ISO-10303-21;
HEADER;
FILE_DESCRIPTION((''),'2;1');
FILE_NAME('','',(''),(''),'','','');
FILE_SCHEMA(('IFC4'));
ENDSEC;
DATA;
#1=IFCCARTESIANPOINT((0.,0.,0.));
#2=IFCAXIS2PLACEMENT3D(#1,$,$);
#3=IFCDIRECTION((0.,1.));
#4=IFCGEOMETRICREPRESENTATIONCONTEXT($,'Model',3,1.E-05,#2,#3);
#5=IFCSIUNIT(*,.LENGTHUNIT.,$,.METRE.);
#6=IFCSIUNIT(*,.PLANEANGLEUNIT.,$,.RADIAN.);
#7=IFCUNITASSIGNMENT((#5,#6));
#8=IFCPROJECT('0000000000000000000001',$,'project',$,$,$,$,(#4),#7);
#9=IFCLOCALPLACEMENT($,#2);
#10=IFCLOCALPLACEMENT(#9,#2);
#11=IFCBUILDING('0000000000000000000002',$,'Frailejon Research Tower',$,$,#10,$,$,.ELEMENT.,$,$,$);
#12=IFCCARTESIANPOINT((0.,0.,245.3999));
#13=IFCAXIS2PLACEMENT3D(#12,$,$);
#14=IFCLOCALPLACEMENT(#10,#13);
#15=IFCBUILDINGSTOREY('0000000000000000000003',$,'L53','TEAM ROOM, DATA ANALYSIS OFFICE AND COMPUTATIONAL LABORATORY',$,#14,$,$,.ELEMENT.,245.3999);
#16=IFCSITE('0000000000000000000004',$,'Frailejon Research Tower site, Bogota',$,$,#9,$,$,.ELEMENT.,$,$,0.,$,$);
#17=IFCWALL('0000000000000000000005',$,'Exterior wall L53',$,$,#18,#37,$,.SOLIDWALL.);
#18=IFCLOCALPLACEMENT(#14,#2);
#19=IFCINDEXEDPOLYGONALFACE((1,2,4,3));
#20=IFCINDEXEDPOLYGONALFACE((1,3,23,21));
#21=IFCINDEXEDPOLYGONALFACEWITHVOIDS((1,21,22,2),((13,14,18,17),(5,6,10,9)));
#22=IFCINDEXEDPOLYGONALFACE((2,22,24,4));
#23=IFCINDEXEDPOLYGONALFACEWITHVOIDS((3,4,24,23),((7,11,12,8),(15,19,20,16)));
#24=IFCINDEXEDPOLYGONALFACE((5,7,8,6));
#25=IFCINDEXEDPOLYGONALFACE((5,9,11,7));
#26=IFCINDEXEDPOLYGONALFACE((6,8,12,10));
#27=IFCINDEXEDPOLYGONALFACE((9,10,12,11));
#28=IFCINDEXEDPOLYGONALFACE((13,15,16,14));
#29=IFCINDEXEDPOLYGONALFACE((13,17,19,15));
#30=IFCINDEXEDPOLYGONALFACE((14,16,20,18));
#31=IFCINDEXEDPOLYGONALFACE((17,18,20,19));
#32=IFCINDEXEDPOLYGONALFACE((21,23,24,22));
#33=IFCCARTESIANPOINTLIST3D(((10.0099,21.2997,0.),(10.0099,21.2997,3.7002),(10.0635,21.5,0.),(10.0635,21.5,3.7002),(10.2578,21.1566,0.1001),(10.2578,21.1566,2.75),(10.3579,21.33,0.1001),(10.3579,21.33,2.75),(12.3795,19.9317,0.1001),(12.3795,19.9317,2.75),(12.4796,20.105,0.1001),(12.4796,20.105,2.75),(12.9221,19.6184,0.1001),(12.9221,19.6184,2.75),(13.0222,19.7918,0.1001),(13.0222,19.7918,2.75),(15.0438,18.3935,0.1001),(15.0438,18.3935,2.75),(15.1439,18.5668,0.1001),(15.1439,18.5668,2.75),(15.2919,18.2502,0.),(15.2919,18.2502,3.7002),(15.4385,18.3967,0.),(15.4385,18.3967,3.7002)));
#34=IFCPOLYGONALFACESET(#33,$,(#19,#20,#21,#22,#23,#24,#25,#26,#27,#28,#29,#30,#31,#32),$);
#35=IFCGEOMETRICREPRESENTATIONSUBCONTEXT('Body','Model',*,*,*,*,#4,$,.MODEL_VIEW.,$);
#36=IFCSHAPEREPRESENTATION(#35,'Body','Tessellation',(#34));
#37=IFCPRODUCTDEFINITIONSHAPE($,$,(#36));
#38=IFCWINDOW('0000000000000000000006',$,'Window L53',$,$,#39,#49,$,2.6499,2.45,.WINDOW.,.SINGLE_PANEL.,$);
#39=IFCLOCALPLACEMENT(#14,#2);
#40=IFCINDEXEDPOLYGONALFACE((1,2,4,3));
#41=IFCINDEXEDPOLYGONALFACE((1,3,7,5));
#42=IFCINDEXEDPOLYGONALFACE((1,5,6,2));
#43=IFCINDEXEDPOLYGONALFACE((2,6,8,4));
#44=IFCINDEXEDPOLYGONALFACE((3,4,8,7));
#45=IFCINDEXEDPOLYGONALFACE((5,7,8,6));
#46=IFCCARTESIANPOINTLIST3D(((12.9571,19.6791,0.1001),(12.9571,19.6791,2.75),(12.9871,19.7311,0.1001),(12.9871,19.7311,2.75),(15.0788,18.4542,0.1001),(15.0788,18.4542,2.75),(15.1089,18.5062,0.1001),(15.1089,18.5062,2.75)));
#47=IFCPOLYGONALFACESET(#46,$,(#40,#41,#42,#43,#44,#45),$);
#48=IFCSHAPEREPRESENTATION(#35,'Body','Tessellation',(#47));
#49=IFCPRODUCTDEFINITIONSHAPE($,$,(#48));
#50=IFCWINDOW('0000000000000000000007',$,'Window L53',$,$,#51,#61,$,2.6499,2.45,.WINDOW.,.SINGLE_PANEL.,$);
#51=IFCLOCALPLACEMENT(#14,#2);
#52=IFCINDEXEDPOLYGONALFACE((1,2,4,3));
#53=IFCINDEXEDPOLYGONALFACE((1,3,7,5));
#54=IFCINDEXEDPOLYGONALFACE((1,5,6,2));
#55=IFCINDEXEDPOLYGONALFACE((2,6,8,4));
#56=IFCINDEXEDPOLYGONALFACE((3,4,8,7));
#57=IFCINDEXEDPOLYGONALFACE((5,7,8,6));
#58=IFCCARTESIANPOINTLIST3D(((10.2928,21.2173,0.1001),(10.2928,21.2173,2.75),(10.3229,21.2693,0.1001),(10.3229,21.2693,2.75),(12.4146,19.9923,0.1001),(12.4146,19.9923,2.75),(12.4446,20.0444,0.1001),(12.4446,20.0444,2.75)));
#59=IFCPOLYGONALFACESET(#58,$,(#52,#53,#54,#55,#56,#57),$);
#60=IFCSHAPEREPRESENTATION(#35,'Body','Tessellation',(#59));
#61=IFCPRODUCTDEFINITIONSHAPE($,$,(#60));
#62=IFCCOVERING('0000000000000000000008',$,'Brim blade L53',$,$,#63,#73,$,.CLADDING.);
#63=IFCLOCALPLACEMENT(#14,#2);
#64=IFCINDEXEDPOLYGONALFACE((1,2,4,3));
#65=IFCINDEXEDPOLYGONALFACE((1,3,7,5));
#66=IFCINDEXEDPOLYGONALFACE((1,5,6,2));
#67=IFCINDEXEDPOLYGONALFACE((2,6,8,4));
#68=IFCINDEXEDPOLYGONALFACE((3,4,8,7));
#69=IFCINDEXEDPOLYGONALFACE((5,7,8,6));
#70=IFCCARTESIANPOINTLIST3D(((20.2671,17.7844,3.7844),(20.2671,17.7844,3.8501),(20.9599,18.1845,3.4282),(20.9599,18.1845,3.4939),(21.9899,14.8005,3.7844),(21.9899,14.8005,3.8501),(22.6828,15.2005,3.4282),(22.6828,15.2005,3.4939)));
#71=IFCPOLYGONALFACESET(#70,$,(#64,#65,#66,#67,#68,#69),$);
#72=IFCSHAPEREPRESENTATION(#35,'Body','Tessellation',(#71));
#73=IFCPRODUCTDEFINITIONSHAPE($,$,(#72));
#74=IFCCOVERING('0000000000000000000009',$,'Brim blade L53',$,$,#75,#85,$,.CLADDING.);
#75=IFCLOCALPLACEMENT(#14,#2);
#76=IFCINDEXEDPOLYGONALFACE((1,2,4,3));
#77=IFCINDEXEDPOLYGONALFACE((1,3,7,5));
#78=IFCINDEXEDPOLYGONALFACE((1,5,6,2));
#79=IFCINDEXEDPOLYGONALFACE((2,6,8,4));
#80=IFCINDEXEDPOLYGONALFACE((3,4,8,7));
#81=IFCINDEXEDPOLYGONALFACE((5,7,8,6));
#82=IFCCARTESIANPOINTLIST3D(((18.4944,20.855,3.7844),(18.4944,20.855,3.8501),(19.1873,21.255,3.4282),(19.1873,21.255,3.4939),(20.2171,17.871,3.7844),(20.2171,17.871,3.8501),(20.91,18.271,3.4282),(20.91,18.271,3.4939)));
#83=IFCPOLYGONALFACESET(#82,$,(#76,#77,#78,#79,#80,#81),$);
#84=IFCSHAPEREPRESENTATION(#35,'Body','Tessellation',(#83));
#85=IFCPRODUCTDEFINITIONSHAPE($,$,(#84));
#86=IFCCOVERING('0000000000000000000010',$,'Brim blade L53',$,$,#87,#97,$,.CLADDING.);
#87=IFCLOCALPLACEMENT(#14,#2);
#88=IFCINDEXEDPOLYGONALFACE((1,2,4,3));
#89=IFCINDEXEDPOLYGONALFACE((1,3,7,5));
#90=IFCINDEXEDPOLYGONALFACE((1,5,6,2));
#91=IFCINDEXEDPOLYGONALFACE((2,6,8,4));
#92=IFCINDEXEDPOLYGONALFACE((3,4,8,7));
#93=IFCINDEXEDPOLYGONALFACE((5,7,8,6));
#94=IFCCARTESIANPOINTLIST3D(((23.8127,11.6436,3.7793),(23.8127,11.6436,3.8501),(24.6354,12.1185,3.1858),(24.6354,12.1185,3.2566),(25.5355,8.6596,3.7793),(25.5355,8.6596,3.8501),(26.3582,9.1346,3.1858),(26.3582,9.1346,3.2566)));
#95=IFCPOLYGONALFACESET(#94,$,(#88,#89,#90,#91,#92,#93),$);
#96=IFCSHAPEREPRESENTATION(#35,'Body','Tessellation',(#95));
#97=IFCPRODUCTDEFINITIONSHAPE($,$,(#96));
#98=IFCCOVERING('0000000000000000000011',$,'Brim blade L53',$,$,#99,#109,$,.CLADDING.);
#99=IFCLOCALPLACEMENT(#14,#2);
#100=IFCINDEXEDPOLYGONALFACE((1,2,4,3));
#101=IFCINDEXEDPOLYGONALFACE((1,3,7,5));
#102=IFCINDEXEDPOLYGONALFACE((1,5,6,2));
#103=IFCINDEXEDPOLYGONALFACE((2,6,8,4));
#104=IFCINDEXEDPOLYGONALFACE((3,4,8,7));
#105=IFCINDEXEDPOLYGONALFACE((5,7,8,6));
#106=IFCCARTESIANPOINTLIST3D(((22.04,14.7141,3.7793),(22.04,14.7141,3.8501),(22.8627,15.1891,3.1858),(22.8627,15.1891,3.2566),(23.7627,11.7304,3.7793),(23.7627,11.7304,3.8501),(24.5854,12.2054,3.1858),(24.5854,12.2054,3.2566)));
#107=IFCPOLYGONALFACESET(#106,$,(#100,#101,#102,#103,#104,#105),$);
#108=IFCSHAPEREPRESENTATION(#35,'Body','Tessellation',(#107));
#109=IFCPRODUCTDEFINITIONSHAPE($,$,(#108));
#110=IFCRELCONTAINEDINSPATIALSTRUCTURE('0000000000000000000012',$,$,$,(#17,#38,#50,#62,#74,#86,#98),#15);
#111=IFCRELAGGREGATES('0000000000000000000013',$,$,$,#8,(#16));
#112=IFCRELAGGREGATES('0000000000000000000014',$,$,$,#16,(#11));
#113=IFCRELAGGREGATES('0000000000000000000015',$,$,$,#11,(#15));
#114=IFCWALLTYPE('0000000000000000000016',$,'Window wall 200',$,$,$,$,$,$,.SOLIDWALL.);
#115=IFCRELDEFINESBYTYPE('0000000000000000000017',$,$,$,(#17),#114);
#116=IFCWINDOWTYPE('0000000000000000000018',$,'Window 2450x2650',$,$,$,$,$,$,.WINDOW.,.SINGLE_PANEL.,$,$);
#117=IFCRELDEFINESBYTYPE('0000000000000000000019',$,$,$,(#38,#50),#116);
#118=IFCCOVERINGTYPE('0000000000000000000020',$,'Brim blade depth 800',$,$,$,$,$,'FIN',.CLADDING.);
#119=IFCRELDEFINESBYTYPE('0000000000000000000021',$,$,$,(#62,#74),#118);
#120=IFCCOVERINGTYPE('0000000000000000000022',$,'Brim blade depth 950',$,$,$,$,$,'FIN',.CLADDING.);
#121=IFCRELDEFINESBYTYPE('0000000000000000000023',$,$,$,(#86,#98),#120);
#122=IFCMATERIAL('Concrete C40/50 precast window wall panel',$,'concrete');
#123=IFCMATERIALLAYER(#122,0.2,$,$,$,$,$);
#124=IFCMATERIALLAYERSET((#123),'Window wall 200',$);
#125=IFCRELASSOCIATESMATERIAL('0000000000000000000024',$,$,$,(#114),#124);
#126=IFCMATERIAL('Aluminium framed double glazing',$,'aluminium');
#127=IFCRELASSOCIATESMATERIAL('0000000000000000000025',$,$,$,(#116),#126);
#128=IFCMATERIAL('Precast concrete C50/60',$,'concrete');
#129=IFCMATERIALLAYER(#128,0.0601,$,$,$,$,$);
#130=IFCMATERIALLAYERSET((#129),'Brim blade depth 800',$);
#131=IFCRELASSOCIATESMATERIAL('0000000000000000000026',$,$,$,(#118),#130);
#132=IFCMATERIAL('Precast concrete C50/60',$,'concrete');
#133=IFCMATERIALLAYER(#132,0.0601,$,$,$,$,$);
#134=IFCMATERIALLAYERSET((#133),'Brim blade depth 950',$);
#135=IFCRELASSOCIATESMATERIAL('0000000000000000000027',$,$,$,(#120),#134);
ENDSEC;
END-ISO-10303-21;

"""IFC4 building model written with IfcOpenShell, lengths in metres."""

from ifc_helpers import new_model, si_unit, direction, frame, frame_2d, origin, place, context, subcontext, project, spatial, polyline, rectangle, outline, extrude, material, layer, layer_set, type_object, element, fill, save


model = new_model("IFC4")

# Units and contexts
model_context = context("Model", 3, precision=1e-05, world=origin(), true_north=direction((0.0, 1.0)))
body_context = subcontext(model_context, "Body", "Model", "MODEL_VIEW")
ifc_project = project(units=[si_unit("LENGTHUNIT", "METRE"), si_unit("PLANEANGLEUNIT", "RADIAN")], contexts=[model_context])

# Site, building, storey
site_placement = place(None, origin())
site = spatial("IfcSite", under=ifc_project, at=site_placement, Name="Frailejon Research Tower site, Bogota", CompositionType="ELEMENT", RefElevation=0.0)
building_placement = place(site_placement, origin())
building = spatial("IfcBuilding", under=site, at=building_placement, Name="Frailejon Research Tower", CompositionType="ELEMENT")
storey_placement = place(building_placement, frame((0.0, 0.0, 245.3999)))
storey = spatial("IfcBuildingStorey", under=building, at=storey_placement, Name="L53", Description="TEAM ROOM, DATA ANALYSIS OFFICE AND COMPUTATIONAL LABORATORY", CompositionType="ELEMENT", Elevation=245.3999)

# Wall, openings, windows
ifc_material_1 = material(Name="Concrete C40/50 precast window wall panel", Category="concrete")
ifc_layer_1 = layer(ifc_material_1, 0.2)
ifc_layer_set_1 = layer_set([ifc_layer_1], Name="Window wall 200")
wall_type = type_object("IfcWallType", Name="Window wall 200", PredefinedType="SOLIDWALL", material=ifc_layer_set_1)
wall_placement = place(storey_placement, frame((15.3652, 18.3235, 0.0), z_axis=(0.0, 0.0, 1.0), x_axis=(-0.86603, 0.499993, 0.0)))
wall = element("IfcWall", 1, at=wall_placement, inside=storey, type_object=wall_type, Name="Exterior wall L53", PredefinedType="SOLIDWALL", context=body_context, shape_type="SweptSolid", body=[
    extrude(outline(polyline([(-0.0269, -0.1001), (1.0076, -0.1001), (2.042, -0.1001), (3.0764, -0.1001), (4.1108, -0.1001), (5.1453, -0.1001), (6.1797, -0.1001), (6.126, 0.1001), (5.1094, 0.1001), (4.093, 0.1001), (3.0764, 0.1001), (2.0598, 0.1001), (1.0435, 0.1001), (0.0269, 0.1001), (-0.0269, -0.1001)])), origin(), (0.0, 0.0, 1.0), 3.7002),
])
opening_1_placement = place(wall_placement, frame((0.3132, 0.0, 0.1001)))
opening_1 = element("IfcOpeningElement", 2, at=opening_1_placement, cuts=wall, PredefinedType="OPENING", context=body_context, shape_type="SweptSolid", body=[
    extrude(rectangle(XDim=2.45, YDim=2.6499, at=frame_2d((1.2251, 1.325))), frame((0.0, 0.1099, 0.0), z_axis=(0.0, -1.0, 0.0), x_axis=(1.0, 0.0, 0.0)), (0.0, 0.0, 1.0), 0.22),
])
opening_2_placement = place(wall_placement, frame((3.3896, 0.0, 0.1001)))
opening_2 = element("IfcOpeningElement", 3, at=opening_2_placement, cuts=wall, PredefinedType="OPENING", context=body_context, shape_type="SweptSolid", body=[
    extrude(rectangle(XDim=2.45, YDim=2.6499, at=frame_2d((1.2251, 1.325))), frame((0.0, 0.1099, 0.0), z_axis=(0.0, -1.0, 0.0), x_axis=(1.0, 0.0, 0.0)), (0.0, 0.0, 1.0), 0.22),
])
ifc_material_2 = material(Name="Aluminium framed double glazing", Category="aluminium")
window_type = type_object("IfcWindowType", Name="Window 2450x2650", PartitioningType="SINGLE_PANEL", PredefinedType="WINDOW", material=ifc_material_2)
window_1_placement = place(opening_1_placement, origin())
window_1 = element("IfcWindow", 4, at=window_1_placement, inside=storey, type_object=window_type, Name="Window L53", OverallHeight=2.6499, OverallWidth=2.45, PartitioningType="SINGLE_PANEL", PredefinedType="WINDOW", context=body_context, shape_type="SweptSolid", body=[
    extrude(rectangle(XDim=2.45, YDim=2.6499, at=frame_2d((1.2251, 1.325))), frame((0.0, 0.03, 0.0), z_axis=(0.0, -1.0, 0.0), x_axis=(1.0, 0.0, 0.0)), (0.0, 0.0, 1.0), 0.0601),
])
fill(opening_1, window_1)
window_2_placement = place(opening_2_placement, origin())
window_2 = element("IfcWindow", 5, at=window_2_placement, inside=storey, type_object=window_type, Name="Window L53", OverallHeight=2.6499, OverallWidth=2.45, PartitioningType="SINGLE_PANEL", PredefinedType="WINDOW", context=body_context, shape_type="SweptSolid", body=[
    extrude(rectangle(XDim=2.45, YDim=2.6499, at=frame_2d((1.2251, 1.325))), frame((0.0, 0.03, 0.0), z_axis=(0.0, -1.0, 0.0), x_axis=(1.0, 0.0, 0.0)), (0.0, 0.0, 1.0), 0.0601),
])
fill(opening_2, window_2)

# Coverings
ifc_material_3 = material(Name="Precast concrete C50/60", Category="concrete")
ifc_layer_2 = layer(ifc_material_3, 0.0601)
ifc_layer_set_2 = layer_set([ifc_layer_2], Name="Brim blade depth 800")
covering_type_1 = type_object("IfcCoveringType", Name="Brim blade depth 800", ElementType="FIN", PredefinedType="CLADDING", material=ifc_layer_set_2)
for number, where, z_axis, x_axis, name in (
    (6, (20.2671, 17.7844, 3.8501), (0.50001, -0.86602, 0.0), (0.86602, 0.50001, 0.0), "Brim blade L53"),
    (7, (18.4944, 20.855, 3.8501), (0.499989, -0.866032, 0.0), (0.866032, 0.499989, 0.0), "Brim blade L53"),
):
    element("IfcCovering", number, at=place(storey_placement, frame(where, z_axis=z_axis, x_axis=x_axis)), inside=storey, type_object=covering_type_1, Name=name, PredefinedType="CLADDING", context=body_context, shape_type="SweptSolid", body=[
        extrude(outline(polyline([(0.0, -0.0657), (0.8, -0.4219), (0.8, -0.3562), (0.0, 0.0), (0.0, -0.0657)])), origin(), (0.0, 0.0, 1.0), 3.4456),
    ])
ifc_material_4 = material(Name="Precast concrete C50/60", Category="concrete")
ifc_layer_3 = layer(ifc_material_4, 0.0601)
ifc_layer_set_3 = layer_set([ifc_layer_3], Name="Brim blade depth 950")
covering_type_2 = type_object("IfcCoveringType", Name="Brim blade depth 950", ElementType="FIN", PredefinedType="CLADDING", material=ifc_layer_set_3)
covering_1_placement = place(storey_placement, frame((23.8127, 11.6436, 3.8501), z_axis=(0.499989, -0.866032, 0.0), x_axis=(0.866032, 0.499989, 0.0)))
element("IfcCovering", 8, at=covering_1_placement, inside=storey, type_object=covering_type_2, Name="Brim blade L53", PredefinedType="CLADDING", context=body_context, shape_type="SweptSolid", body=[
    extrude(outline(polyline([(0.0, -0.0708), (0.95, -0.6643), (0.95, -0.5935), (0.0, 0.0), (0.0, -0.0708)])), origin(), (0.0, 0.0, 1.0), 3.4456),
])
covering_2_placement = place(storey_placement, frame((22.04, 14.7141, 3.8501), z_axis=(0.500001, -0.866025, 0.0), x_axis=(0.866025, 0.500001, 0.0)))
element("IfcCovering", 9, at=covering_2_placement, inside=storey, type_object=covering_type_2, Name="Brim blade L53", PredefinedType="CLADDING", context=body_context, shape_type="SweptSolid", body=[
    extrude(outline(polyline([(0.0, -0.0708), (0.95, -0.6643), (0.95, -0.5935), (0.0, 0.0), (0.0, -0.0708)])), origin(), (0.0, 0.0, 1.0), 3.4453),
])

save(model, "model.ifc")
